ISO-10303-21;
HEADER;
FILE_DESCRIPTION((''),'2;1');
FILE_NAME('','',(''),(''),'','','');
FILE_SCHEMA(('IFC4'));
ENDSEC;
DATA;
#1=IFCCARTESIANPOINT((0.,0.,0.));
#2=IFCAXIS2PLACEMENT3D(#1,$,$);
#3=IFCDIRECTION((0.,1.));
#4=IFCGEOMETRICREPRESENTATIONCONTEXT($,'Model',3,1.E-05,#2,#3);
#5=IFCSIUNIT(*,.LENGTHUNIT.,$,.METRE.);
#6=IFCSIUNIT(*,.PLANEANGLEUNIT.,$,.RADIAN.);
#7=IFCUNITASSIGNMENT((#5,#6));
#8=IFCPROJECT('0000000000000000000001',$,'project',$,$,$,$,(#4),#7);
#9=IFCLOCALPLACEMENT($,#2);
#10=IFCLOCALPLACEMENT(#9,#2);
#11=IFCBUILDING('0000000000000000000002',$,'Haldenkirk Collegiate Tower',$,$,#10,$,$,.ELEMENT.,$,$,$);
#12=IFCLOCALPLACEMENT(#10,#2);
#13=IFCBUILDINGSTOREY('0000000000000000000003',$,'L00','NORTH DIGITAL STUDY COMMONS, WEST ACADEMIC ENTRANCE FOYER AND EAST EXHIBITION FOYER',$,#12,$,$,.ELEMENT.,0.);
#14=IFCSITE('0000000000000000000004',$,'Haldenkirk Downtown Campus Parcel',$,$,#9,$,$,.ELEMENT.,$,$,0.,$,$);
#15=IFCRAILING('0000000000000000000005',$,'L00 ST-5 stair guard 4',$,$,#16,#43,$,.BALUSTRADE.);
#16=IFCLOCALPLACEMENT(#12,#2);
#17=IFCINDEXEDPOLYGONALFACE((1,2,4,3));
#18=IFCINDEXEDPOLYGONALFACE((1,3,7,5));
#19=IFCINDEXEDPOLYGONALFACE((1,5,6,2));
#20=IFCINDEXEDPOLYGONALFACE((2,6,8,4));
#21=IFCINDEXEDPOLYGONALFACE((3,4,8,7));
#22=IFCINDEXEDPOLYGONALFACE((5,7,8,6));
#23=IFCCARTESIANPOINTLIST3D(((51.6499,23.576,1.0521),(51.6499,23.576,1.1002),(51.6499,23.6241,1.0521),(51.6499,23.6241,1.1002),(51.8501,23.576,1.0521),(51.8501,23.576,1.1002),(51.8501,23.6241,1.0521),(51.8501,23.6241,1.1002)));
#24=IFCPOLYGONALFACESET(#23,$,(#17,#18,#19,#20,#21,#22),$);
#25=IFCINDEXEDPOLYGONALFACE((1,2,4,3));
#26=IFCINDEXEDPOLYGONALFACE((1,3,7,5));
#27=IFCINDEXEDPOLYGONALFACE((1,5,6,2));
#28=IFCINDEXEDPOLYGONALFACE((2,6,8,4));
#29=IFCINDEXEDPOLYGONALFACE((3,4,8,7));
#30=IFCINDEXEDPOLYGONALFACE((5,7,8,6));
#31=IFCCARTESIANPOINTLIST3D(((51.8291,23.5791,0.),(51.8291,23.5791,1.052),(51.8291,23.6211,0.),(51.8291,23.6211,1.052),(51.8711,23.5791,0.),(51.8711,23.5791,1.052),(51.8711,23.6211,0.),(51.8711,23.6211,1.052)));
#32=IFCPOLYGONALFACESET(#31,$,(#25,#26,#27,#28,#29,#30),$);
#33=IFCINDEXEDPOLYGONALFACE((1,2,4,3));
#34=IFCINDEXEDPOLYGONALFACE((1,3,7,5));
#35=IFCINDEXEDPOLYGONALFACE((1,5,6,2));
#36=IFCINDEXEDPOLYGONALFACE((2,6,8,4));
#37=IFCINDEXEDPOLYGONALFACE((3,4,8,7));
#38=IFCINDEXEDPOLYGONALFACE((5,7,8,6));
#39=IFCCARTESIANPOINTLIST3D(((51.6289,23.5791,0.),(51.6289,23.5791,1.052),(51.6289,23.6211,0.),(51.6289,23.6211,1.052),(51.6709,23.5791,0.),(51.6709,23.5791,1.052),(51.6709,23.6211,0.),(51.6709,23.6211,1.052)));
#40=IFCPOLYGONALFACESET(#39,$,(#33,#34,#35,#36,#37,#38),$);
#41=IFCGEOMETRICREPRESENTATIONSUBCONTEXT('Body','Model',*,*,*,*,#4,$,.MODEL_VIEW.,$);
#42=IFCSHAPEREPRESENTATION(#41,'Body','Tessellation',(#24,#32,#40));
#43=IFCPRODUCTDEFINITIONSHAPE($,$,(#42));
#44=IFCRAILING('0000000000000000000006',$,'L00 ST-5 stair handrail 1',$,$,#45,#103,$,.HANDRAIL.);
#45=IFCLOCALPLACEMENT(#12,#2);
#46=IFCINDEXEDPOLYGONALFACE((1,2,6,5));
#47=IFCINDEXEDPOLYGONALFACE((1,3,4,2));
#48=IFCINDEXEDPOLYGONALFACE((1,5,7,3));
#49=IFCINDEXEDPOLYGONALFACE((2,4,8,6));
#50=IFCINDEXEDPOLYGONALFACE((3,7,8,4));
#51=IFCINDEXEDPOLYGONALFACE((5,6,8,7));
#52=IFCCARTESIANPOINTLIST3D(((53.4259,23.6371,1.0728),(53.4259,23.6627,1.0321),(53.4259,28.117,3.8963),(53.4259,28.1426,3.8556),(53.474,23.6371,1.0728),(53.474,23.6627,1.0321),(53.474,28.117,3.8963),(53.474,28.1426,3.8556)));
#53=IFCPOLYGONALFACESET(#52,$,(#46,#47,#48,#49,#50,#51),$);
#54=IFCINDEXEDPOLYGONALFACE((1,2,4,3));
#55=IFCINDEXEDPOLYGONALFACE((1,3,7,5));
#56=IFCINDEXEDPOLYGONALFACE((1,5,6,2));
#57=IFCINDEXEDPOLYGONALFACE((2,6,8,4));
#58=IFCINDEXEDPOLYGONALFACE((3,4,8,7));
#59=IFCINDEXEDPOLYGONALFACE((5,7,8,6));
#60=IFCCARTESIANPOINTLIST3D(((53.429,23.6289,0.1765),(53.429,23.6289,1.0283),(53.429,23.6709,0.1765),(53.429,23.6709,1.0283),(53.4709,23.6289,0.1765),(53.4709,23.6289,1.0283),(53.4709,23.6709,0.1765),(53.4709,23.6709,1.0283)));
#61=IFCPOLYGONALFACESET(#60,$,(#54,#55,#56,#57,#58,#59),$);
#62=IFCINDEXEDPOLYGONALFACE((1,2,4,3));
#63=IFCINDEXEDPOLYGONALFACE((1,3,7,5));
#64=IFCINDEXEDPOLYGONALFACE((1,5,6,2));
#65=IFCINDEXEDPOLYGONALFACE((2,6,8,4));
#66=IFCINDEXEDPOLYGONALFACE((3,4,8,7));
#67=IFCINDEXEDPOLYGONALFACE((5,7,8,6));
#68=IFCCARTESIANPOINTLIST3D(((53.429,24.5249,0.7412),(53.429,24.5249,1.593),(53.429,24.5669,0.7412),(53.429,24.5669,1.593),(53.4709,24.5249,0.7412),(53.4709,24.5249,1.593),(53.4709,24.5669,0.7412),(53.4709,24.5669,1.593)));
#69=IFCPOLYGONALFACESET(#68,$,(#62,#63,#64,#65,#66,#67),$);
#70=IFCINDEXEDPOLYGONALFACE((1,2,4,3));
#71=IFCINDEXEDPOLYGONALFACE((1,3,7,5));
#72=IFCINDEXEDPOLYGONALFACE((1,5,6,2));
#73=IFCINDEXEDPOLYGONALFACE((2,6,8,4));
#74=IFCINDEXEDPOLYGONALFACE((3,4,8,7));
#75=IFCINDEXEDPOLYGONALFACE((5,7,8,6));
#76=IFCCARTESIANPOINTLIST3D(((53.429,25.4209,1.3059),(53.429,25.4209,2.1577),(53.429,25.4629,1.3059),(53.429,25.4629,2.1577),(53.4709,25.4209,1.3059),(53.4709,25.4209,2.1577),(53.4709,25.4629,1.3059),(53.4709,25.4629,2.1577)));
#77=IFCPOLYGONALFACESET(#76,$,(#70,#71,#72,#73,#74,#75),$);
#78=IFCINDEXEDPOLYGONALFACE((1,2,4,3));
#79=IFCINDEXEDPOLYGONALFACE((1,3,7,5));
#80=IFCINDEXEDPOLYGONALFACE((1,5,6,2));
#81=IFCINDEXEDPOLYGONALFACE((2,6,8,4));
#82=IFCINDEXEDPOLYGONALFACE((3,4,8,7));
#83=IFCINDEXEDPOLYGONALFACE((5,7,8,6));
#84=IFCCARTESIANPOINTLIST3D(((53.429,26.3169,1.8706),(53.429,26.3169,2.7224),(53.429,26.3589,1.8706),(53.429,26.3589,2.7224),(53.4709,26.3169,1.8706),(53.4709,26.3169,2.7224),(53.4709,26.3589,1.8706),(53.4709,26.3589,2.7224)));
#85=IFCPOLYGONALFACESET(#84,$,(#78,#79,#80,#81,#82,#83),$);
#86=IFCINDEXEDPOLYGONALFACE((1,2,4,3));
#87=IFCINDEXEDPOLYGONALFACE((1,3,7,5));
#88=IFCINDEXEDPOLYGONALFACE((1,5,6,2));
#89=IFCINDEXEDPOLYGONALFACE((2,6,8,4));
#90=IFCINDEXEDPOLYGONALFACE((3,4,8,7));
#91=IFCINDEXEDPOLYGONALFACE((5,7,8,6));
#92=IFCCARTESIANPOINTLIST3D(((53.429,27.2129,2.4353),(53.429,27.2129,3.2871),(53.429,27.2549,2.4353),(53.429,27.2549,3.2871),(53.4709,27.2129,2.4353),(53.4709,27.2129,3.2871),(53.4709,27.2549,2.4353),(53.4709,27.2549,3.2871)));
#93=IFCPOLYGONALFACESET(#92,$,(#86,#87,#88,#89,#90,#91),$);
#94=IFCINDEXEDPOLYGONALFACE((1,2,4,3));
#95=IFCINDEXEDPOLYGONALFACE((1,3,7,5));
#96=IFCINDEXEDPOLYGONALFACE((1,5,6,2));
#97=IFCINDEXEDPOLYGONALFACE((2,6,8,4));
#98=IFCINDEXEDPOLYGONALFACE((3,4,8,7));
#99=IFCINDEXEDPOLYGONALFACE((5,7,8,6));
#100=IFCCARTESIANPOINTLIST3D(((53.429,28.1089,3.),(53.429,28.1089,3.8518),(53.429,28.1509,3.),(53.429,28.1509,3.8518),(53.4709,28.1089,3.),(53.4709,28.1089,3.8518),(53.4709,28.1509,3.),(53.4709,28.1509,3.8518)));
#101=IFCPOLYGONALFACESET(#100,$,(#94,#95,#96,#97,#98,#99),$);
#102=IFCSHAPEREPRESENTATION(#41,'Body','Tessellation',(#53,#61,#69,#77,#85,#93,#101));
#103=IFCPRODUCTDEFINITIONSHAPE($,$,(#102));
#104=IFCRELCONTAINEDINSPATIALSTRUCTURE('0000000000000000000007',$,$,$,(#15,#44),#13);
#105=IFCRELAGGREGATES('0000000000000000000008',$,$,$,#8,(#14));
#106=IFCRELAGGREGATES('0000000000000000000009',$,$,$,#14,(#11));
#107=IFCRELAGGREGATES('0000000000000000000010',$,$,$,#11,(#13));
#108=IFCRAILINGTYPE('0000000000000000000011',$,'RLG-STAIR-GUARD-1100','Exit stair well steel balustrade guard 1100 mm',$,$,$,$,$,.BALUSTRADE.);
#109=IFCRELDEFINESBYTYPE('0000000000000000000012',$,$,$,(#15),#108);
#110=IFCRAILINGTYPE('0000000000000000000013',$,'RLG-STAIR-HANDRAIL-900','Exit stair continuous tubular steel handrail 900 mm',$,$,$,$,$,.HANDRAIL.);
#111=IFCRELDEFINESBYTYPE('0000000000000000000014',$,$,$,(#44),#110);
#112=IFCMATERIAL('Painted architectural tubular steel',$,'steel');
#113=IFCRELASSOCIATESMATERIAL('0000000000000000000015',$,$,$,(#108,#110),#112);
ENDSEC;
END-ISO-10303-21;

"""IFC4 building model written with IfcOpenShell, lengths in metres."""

from ifc_helpers import new_model, si_unit, direction, frame, origin, origin_2d, place, context, subcontext, project, spatial, rectangle, extrude, material, type_object, element, save


model = new_model("IFC4")

# Units and contexts
model_context = context("Model", 3, precision=1e-05, world=origin(), true_north=direction((0.0, 1.0)))
body_context = subcontext(model_context, "Body", "Model", "MODEL_VIEW")
ifc_project = project(units=[si_unit("LENGTHUNIT", "METRE"), si_unit("PLANEANGLEUNIT", "RADIAN")], contexts=[model_context])

# Site, building, storey
site_placement = place(None, origin())
site = spatial("IfcSite", under=ifc_project, at=site_placement, Name="Haldenkirk Downtown Campus Parcel", CompositionType="ELEMENT", RefElevation=0.0)
building_placement = place(site_placement, origin())
building = spatial("IfcBuilding", under=site, at=building_placement, Name="Haldenkirk Collegiate Tower", CompositionType="ELEMENT")
storey_placement = place(building_placement, origin())
storey = spatial("IfcBuildingStorey", under=building, at=storey_placement, Name="L00", Description="NORTH DIGITAL STUDY COMMONS, WEST ACADEMIC ENTRANCE FOYER AND EAST EXHIBITION FOYER", CompositionType="ELEMENT", Elevation=0.0)

# Railings
ifc_material_1 = material(Name="Painted architectural tubular steel", Category="steel")
railing_type_1 = type_object("IfcRailingType", Name="RLG-STAIR-GUARD-1100", Description="Exit stair well steel balustrade guard 1100 mm", PredefinedType="BALUSTRADE", material=ifc_material_1)
railing_1_placement = place(storey_placement, frame((51.8501, 23.6001, 0.0)))
element("IfcRailing", 1, at=railing_1_placement, inside=storey, type_object=railing_type_1, Name="L00 ST-5 stair guard 4", PredefinedType="BALUSTRADE", context=body_context, shape_type="SweptSolid", body=[
    extrude(rectangle(XDim=0.0481, YDim=0.0481, at=origin_2d()), frame((0.0, 0.0, 1.0762), z_axis=(-1.0, 0.0, 0.0), x_axis=(0.0, -1.0, 0.0)), (0.0, 0.0, 1.0), 0.2002),
    extrude(rectangle(XDim=0.042, YDim=0.042, at=origin_2d()), origin(), (0.0, 0.0, 1.0), 1.052),
    extrude(rectangle(XDim=0.042, YDim=0.042, at=origin_2d()), frame((-0.2002, 0.0, 0.0)), (0.0, 0.0, 1.0), 1.052),
])
railing_type_2 = type_object("IfcRailingType", Name="RLG-STAIR-HANDRAIL-900", Description="Exit stair continuous tubular steel handrail 900 mm", PredefinedType="HANDRAIL", material=ifc_material_1)
railing_2_placement = place(storey_placement, frame((53.45, 23.6499, 0.1765)))
element("IfcRailing", 2, at=railing_2_placement, inside=storey, type_object=railing_type_2, Name="L00 ST-5 stair handrail 1", PredefinedType="HANDRAIL", context=body_context, shape_type="SweptSolid", body=[
    extrude(rectangle(XDim=0.0481, YDim=0.0481, at=origin_2d()), frame((0.0, 0.0, 0.876), z_axis=(0.0, 0.845998, 0.533186), x_axis=(-1.0, 0.0, 0.0)), (0.0, 0.0, 1.0), 5.2954),
    extrude(rectangle(XDim=0.042, YDim=0.042, at=origin_2d()), origin(), (0.0, 0.0, 1.0), 0.8518),
    extrude(rectangle(XDim=0.042, YDim=0.042, at=origin_2d()), frame((0.0, 0.896, 0.5647)), (0.0, 0.0, 1.0), 0.8518),
    extrude(rectangle(XDim=0.042, YDim=0.042, at=origin_2d()), frame((0.0, 1.792, 1.1294)), (0.0, 0.0, 1.0), 0.8518),
    extrude(rectangle(XDim=0.042, YDim=0.042, at=origin_2d()), frame((0.0, 2.688, 1.6941)), (0.0, 0.0, 1.0), 0.8518),
    extrude(rectangle(XDim=0.042, YDim=0.042, at=origin_2d()), frame((0.0, 3.584, 2.2588)), (0.0, 0.0, 1.0), 0.8518),
    extrude(rectangle(XDim=0.042, YDim=0.042, at=origin_2d()), frame((0.0, 4.48, 2.8235)), (0.0, 0.0, 1.0), 0.8518),
])

save(model, "model.ifc")
